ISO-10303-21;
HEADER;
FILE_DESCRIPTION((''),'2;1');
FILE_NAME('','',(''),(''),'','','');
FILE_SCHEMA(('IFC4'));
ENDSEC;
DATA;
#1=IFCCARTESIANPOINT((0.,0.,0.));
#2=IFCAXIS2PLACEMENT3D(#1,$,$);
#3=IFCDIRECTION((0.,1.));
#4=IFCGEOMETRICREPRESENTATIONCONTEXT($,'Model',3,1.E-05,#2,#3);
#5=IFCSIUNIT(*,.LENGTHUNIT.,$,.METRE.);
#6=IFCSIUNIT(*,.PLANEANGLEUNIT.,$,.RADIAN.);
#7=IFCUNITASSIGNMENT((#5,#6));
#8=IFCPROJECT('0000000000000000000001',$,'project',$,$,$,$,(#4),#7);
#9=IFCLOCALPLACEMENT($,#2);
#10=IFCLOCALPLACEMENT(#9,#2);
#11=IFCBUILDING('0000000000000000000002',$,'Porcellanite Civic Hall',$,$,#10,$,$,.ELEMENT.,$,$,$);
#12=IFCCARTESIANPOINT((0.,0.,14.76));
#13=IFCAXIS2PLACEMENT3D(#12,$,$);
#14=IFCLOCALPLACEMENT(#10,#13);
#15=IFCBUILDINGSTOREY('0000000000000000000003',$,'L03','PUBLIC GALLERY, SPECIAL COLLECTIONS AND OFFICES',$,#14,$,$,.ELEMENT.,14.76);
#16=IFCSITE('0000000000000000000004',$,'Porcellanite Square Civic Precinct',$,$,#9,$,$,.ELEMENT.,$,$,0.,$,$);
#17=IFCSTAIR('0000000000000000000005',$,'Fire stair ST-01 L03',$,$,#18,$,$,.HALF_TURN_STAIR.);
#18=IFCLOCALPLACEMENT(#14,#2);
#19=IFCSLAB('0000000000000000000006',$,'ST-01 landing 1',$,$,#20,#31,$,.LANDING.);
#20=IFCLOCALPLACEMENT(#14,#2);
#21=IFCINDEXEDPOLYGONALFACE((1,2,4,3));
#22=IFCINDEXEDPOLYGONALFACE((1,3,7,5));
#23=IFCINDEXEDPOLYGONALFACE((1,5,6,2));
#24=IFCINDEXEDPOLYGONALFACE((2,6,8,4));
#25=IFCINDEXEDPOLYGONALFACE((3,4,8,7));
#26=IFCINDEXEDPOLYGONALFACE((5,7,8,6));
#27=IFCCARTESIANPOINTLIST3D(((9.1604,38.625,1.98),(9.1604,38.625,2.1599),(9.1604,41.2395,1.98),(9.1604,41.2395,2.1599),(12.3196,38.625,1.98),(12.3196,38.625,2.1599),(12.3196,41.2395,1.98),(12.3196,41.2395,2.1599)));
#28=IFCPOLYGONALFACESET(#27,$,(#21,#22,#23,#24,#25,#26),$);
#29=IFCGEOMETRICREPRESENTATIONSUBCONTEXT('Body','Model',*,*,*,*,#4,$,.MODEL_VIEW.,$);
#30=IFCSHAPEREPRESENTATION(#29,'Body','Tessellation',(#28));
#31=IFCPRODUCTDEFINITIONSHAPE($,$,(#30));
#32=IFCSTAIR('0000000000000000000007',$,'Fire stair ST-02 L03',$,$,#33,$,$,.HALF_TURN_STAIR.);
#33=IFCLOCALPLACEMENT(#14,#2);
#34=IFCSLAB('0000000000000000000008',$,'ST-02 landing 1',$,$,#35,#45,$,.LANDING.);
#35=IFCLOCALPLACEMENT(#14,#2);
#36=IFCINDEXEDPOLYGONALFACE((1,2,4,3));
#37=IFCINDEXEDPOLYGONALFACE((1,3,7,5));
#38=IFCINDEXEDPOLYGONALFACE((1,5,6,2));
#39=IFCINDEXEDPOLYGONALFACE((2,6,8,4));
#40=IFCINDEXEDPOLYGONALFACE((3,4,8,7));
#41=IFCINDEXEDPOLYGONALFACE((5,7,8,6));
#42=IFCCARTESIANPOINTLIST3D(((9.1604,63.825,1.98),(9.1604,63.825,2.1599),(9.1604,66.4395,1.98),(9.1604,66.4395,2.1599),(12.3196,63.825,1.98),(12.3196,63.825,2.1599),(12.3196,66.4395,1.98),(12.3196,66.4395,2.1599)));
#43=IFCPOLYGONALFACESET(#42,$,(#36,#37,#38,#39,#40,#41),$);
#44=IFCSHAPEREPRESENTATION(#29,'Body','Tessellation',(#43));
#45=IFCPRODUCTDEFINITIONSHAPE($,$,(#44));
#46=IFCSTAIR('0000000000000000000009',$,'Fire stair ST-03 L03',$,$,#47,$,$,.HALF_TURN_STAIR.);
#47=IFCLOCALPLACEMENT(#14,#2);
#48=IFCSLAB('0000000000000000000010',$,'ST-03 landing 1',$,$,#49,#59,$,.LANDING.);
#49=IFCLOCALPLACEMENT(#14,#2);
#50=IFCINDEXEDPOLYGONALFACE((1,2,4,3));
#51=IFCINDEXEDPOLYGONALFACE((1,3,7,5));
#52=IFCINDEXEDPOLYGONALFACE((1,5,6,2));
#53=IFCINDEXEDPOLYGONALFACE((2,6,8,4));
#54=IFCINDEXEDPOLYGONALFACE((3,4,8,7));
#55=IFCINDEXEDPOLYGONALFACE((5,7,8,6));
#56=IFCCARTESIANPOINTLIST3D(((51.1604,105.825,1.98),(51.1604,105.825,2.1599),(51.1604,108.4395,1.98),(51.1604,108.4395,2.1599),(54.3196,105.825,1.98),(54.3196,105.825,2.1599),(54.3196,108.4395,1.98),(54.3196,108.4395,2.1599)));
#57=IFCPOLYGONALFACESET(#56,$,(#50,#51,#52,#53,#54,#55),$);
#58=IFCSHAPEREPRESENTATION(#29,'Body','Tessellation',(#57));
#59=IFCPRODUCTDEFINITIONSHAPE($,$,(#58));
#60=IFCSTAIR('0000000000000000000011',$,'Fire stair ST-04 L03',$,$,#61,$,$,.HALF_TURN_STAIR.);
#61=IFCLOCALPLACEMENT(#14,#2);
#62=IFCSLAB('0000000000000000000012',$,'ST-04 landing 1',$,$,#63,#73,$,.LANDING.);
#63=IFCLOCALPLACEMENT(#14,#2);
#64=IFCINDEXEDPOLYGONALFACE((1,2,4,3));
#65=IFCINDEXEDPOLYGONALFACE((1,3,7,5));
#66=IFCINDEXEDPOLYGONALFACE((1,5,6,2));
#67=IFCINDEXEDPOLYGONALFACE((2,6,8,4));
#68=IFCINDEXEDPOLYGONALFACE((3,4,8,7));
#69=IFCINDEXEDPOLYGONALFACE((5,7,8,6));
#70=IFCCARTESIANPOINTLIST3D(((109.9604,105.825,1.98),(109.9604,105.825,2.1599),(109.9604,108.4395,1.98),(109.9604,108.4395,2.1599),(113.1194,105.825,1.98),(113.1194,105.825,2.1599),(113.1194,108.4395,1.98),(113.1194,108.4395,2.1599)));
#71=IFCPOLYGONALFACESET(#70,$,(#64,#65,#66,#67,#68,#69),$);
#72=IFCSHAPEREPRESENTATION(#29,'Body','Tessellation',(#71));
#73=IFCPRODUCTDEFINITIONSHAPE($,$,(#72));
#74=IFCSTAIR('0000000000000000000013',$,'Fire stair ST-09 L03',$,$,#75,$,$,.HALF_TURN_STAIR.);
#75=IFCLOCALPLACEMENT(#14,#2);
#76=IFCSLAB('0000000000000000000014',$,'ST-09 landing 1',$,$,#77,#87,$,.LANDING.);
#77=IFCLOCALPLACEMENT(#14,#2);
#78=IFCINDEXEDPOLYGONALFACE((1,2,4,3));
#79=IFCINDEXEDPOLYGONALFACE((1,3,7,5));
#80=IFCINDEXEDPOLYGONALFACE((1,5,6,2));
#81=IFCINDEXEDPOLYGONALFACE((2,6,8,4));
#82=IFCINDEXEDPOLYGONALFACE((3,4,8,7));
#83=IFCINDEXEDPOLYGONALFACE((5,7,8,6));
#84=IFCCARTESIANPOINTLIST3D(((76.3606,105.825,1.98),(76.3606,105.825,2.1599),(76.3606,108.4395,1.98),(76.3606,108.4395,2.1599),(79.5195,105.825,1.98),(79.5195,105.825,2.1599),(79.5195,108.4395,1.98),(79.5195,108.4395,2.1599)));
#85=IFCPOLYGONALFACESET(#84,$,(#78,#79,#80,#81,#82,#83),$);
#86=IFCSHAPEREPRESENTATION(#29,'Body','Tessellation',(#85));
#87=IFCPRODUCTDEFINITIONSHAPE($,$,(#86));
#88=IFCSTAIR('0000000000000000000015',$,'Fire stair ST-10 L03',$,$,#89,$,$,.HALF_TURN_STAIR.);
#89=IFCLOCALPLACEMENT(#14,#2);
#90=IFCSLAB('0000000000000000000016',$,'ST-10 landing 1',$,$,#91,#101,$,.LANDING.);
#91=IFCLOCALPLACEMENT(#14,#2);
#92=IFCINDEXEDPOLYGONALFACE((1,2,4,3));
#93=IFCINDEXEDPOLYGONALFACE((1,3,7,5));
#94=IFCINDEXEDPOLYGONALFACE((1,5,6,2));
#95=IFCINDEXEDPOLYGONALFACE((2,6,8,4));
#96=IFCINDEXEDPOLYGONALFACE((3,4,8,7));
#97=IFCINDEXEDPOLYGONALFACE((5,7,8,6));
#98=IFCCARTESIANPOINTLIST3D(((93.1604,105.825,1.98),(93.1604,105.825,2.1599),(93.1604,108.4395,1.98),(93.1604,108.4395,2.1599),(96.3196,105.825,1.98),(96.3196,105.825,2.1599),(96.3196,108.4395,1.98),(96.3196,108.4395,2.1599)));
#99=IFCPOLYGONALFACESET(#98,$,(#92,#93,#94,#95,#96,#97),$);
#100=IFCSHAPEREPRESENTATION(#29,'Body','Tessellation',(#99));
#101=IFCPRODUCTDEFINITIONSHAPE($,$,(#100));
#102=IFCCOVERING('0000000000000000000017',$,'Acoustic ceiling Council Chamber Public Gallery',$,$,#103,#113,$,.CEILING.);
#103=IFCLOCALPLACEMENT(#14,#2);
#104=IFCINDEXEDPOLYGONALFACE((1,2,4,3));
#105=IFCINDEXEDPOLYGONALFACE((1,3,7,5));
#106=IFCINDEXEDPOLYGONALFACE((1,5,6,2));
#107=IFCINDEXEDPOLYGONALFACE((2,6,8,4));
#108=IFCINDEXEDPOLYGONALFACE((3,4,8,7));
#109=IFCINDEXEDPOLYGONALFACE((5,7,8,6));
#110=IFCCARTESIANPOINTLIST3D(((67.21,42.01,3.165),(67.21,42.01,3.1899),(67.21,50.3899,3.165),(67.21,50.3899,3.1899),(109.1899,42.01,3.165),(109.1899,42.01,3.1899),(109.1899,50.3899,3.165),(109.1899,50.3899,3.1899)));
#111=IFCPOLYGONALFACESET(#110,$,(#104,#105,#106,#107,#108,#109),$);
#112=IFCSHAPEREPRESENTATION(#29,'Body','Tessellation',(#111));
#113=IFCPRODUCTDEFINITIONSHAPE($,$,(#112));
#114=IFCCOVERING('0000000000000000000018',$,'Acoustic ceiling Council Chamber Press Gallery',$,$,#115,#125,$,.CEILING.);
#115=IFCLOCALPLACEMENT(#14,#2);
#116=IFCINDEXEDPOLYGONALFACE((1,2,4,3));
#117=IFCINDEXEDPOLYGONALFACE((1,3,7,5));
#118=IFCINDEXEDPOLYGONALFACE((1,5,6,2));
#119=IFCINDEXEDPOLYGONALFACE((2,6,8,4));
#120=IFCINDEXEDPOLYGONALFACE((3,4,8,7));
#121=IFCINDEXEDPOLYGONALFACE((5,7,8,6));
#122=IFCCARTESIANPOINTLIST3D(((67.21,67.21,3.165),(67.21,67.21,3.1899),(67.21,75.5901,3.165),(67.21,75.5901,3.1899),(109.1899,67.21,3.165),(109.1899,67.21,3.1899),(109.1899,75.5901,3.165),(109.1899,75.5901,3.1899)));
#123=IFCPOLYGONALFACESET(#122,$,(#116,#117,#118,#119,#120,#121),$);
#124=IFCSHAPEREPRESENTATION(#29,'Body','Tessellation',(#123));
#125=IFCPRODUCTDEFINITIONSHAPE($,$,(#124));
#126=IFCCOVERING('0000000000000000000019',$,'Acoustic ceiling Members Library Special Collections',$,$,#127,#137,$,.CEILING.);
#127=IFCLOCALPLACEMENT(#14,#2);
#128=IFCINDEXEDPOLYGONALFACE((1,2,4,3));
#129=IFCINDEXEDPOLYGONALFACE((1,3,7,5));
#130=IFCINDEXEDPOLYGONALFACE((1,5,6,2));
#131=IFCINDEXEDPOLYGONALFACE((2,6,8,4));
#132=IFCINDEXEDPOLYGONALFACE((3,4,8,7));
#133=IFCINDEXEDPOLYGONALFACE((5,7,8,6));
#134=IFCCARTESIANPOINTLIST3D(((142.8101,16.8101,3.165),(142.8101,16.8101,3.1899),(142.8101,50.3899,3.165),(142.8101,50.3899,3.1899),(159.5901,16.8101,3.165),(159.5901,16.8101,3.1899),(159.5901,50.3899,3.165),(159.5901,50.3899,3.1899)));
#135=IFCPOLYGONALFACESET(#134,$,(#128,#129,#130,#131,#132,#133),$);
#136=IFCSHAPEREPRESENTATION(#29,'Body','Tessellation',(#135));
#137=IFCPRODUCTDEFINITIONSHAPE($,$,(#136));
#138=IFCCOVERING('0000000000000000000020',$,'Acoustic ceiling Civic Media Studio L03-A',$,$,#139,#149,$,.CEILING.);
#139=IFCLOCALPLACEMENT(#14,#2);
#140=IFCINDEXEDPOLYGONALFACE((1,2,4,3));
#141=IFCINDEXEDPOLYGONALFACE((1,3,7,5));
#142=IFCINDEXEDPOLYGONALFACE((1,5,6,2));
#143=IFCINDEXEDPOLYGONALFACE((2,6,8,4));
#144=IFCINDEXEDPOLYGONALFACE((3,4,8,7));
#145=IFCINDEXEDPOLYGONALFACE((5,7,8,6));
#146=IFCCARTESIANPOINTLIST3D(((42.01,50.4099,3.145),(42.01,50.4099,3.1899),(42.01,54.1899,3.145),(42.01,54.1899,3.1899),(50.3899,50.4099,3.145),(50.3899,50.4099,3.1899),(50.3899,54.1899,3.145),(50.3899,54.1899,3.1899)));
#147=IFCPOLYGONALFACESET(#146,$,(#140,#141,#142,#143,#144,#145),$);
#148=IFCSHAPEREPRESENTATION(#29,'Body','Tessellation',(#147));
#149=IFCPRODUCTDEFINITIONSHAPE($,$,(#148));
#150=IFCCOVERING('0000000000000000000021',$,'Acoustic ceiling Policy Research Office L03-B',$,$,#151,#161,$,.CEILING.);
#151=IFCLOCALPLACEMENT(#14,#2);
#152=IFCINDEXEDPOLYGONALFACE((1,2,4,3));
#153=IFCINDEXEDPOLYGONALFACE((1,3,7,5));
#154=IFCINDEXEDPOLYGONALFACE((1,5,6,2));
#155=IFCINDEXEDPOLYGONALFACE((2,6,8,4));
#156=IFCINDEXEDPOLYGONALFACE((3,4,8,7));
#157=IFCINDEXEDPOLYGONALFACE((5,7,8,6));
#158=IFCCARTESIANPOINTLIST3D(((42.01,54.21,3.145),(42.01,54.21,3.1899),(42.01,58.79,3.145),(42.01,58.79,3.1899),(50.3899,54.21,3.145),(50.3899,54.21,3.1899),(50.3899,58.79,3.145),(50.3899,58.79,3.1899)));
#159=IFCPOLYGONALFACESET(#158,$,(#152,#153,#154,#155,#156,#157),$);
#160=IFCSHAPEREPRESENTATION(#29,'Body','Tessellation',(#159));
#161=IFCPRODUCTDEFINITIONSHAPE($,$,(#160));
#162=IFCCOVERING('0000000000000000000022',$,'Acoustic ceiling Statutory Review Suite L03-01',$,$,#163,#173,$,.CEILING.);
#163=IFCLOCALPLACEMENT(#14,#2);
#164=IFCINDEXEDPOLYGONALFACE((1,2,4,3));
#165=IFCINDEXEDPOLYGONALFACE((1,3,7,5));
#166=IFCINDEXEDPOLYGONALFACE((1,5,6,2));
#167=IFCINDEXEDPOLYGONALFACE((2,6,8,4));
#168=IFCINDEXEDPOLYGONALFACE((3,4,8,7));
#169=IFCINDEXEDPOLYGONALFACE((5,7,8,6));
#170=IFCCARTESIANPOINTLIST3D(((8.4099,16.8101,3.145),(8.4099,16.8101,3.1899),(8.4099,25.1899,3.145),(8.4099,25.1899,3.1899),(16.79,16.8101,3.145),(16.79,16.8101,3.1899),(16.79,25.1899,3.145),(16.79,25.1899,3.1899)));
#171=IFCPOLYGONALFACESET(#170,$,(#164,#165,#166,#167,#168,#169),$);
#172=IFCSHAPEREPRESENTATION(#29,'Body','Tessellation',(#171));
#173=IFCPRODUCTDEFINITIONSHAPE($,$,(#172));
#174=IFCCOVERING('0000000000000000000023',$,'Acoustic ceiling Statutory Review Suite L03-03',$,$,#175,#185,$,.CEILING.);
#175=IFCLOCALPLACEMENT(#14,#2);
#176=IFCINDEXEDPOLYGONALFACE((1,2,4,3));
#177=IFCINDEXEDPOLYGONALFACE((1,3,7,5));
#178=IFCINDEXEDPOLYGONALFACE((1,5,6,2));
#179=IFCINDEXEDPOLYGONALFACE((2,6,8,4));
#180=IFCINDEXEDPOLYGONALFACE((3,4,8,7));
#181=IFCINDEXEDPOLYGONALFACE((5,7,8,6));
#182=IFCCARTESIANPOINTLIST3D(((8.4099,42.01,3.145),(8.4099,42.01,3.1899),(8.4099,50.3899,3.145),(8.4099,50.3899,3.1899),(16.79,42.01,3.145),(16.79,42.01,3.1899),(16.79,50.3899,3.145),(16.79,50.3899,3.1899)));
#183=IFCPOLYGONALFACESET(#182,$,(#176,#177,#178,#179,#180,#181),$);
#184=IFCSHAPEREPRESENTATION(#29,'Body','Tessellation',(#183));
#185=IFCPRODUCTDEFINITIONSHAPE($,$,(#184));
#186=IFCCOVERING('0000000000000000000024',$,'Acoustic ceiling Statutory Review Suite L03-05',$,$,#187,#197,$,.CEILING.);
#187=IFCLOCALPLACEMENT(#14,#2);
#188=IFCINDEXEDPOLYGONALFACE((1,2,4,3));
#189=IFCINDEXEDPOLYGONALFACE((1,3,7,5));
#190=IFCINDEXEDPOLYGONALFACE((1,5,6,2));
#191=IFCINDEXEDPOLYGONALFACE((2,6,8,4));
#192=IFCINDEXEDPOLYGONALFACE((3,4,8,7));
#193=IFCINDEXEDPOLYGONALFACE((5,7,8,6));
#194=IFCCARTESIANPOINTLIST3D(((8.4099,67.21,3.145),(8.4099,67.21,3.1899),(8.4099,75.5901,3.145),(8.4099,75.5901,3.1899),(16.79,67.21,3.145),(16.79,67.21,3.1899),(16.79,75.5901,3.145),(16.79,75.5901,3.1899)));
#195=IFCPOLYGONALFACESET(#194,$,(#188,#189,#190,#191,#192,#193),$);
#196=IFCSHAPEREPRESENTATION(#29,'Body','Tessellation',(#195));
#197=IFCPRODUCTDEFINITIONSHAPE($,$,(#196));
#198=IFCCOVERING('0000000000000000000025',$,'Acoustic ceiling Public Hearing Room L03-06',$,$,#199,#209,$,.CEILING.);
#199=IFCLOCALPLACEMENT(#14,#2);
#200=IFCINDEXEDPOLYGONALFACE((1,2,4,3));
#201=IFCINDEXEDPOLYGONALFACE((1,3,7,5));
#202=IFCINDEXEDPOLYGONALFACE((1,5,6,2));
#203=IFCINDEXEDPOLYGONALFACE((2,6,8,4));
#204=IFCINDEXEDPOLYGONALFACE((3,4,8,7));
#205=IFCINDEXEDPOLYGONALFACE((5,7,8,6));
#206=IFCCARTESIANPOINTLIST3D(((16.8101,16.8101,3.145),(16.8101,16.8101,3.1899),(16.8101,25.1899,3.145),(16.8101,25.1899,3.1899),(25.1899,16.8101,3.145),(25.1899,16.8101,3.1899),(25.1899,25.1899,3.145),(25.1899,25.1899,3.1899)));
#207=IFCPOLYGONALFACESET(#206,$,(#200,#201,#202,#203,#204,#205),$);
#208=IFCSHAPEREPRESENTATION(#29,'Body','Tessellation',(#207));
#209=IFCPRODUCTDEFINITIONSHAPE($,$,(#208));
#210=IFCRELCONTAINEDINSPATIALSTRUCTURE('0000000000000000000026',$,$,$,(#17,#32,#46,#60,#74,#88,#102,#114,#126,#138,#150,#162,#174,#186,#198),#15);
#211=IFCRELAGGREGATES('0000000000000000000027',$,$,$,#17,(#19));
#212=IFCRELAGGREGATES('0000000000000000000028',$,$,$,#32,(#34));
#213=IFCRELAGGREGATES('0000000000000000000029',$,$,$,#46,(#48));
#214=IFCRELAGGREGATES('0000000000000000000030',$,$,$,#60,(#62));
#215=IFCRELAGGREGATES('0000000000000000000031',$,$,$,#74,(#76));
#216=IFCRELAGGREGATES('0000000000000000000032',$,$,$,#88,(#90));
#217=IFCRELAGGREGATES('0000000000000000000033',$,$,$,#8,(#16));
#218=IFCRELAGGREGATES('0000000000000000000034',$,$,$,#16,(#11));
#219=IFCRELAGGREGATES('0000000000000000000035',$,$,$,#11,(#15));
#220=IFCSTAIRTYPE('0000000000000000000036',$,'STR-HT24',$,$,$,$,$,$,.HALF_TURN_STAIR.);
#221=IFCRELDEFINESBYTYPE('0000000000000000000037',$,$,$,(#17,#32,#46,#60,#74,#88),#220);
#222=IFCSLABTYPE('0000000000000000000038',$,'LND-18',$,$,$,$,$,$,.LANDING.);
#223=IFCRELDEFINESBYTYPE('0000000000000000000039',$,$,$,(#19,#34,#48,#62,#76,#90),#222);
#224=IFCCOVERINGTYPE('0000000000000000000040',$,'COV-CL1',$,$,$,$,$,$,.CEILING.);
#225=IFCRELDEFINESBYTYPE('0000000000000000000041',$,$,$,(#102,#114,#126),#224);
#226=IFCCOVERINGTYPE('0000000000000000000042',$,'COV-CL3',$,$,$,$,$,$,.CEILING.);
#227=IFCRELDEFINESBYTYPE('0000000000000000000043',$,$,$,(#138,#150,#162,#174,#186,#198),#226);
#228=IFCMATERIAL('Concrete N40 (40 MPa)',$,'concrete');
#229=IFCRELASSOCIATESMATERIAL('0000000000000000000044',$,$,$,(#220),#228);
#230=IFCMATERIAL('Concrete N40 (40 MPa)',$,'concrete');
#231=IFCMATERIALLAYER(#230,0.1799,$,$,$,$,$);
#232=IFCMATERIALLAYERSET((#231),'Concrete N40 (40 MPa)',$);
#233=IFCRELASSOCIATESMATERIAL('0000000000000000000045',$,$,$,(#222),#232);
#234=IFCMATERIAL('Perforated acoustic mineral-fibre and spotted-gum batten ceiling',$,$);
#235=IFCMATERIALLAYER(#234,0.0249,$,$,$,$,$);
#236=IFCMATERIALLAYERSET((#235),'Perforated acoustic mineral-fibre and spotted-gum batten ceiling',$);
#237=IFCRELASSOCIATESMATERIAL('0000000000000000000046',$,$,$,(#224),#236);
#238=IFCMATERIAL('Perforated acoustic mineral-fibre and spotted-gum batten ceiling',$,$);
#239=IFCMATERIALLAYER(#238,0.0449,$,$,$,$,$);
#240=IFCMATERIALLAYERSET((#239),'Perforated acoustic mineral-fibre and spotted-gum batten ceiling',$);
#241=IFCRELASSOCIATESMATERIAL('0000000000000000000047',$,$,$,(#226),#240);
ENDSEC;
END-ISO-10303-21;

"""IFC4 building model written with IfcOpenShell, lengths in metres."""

from ifc_helpers import new_model, si_unit, direction, frame, origin, place, context, subcontext, project, spatial, polyline, outline, extrude, material, layer, layer_set, type_object, element, aggregate, save


model = new_model("IFC4")

# Units and contexts
model_context = context("Model", 3, precision=1e-05, world=origin(), true_north=direction((0.0, 1.0)))
body_context = subcontext(model_context, "Body", "Model", "MODEL_VIEW")
ifc_project = project(units=[si_unit("LENGTHUNIT", "METRE"), si_unit("PLANEANGLEUNIT", "RADIAN")], contexts=[model_context])

# Site, building, storey
site_placement = place(None, origin())
site = spatial("IfcSite", under=ifc_project, at=site_placement, Name="Porcellanite Square Civic Precinct", CompositionType="ELEMENT", RefElevation=0.0)
building_placement = place(site_placement, origin())
building = spatial("IfcBuilding", under=site, at=building_placement, Name="Porcellanite Civic Hall", CompositionType="ELEMENT")
storey_placement = place(building_placement, frame((0.0, 0.0, 14.76)))
storey = spatial("IfcBuildingStorey", under=building, at=storey_placement, Name="L03", Description="PUBLIC GALLERY, SPECIAL COLLECTIONS AND OFFICES", CompositionType="ELEMENT", Elevation=14.76)

# Stairs, slabs
ifc_material_1 = material(Name="Concrete N40 (40 MPa)", Category="concrete")
stair_type = type_object("IfcStairType", Name="STR-HT24", PredefinedType="HALF_TURN_STAIR", material=ifc_material_1)
stair_1_placement = place(storey_placement, origin())
stair_1 = element("IfcStair", 1, at=stair_1_placement, inside=storey, type_object=stair_type, Name="Fire stair ST-01 L03", PredefinedType="HALF_TURN_STAIR")
ifc_material_2 = material(Name="Concrete N40 (40 MPa)", Category="concrete")
ifc_layer_1 = layer(ifc_material_2, 0.1799)
ifc_layer_set_1 = layer_set([ifc_layer_1], Name="Concrete N40 (40 MPa)")
slab_type = type_object("IfcSlabType", Name="LND-18", PredefinedType="LANDING", material=ifc_layer_set_1)
slab_1_placement = place(storey_placement, frame((0.0, 0.0, 1.98)))
slab_1 = element("IfcSlab", 2, at=slab_1_placement, type_object=slab_type, Name="ST-01 landing 1", PredefinedType="LANDING", context=body_context, shape_type="SweptSolid", body=[
    extrude(outline(polyline([(9.1604, 38.625), (12.3196, 38.625), (12.3196, 41.2395), (9.1604, 41.2395), (9.1604, 38.625)])), origin(), (0.0, 0.0, 1.0), 0.1799),
])
aggregate(stair_1, [slab_1])
stair_2_placement = place(storey_placement, origin())
stair_2 = element("IfcStair", 3, at=stair_2_placement, inside=storey, type_object=stair_type, Name="Fire stair ST-02 L03", PredefinedType="HALF_TURN_STAIR")
slab_2_placement = place(storey_placement, frame((0.0, 0.0, 1.98)))
slab_2 = element("IfcSlab", 4, at=slab_2_placement, type_object=slab_type, Name="ST-02 landing 1", PredefinedType="LANDING", context=body_context, shape_type="SweptSolid", body=[
    extrude(outline(polyline([(9.1604, 63.825), (12.3196, 63.825), (12.3196, 66.4395), (9.1604, 66.4395), (9.1604, 63.825)])), origin(), (0.0, 0.0, 1.0), 0.1799),
])
aggregate(stair_2, [slab_2])
stair_3_placement = place(storey_placement, origin())
stair_3 = element("IfcStair", 5, at=stair_3_placement, inside=storey, type_object=stair_type, Name="Fire stair ST-03 L03", PredefinedType="HALF_TURN_STAIR")
slab_3_placement = place(storey_placement, frame((0.0, 0.0, 1.98)))
slab_3 = element("IfcSlab", 6, at=slab_3_placement, type_object=slab_type, Name="ST-03 landing 1", PredefinedType="LANDING", context=body_context, shape_type="SweptSolid", body=[
    extrude(outline(polyline([(51.1604, 105.825), (54.3196, 105.825), (54.3196, 108.4395), (51.1604, 108.4395), (51.1604, 105.825)])), origin(), (0.0, 0.0, 1.0), 0.1799),
])
aggregate(stair_3, [slab_3])
stair_4_placement = place(storey_placement, origin())
stair_4 = element("IfcStair", 7, at=stair_4_placement, inside=storey, type_object=stair_type, Name="Fire stair ST-04 L03", PredefinedType="HALF_TURN_STAIR")
slab_4_placement = place(storey_placement, frame((0.0, 0.0, 1.98)))
slab_4 = element("IfcSlab", 8, at=slab_4_placement, type_object=slab_type, Name="ST-04 landing 1", PredefinedType="LANDING", context=body_context, shape_type="SweptSolid", body=[
    extrude(outline(polyline([(109.9604, 105.825), (113.1194, 105.825), (113.1194, 108.4395), (109.9604, 108.4395), (109.9604, 105.825)])), origin(), (0.0, 0.0, 1.0), 0.1799),
])
aggregate(stair_4, [slab_4])
stair_5_placement = place(storey_placement, origin())
stair_5 = element("IfcStair", 9, at=stair_5_placement, inside=storey, type_object=stair_type, Name="Fire stair ST-09 L03", PredefinedType="HALF_TURN_STAIR")
slab_5_placement = place(storey_placement, frame((0.0, 0.0, 1.98)))
slab_5 = element("IfcSlab", 10, at=slab_5_placement, type_object=slab_type, Name="ST-09 landing 1", PredefinedType="LANDING", context=body_context, shape_type="SweptSolid", body=[
    extrude(outline(polyline([(76.3606, 105.825), (79.5195, 105.825), (79.5195, 108.4395), (76.3606, 108.4395), (76.3606, 105.825)])), origin(), (0.0, 0.0, 1.0), 0.1799),
])
aggregate(stair_5, [slab_5])
stair_6_placement = place(storey_placement, origin())
stair_6 = element("IfcStair", 11, at=stair_6_placement, inside=storey, type_object=stair_type, Name="Fire stair ST-10 L03", PredefinedType="HALF_TURN_STAIR")
slab_6_placement = place(storey_placement, frame((0.0, 0.0, 1.98)))
slab_6 = element("IfcSlab", 12, at=slab_6_placement, type_object=slab_type, Name="ST-10 landing 1", PredefinedType="LANDING", context=body_context, shape_type="SweptSolid", body=[
    extrude(outline(polyline([(93.1604, 105.825), (96.3196, 105.825), (96.3196, 108.4395), (93.1604, 108.4395), (93.1604, 105.825)])), origin(), (0.0, 0.0, 1.0), 0.1799),
])
aggregate(stair_6, [slab_6])

# Coverings
ifc_material_3 = material(Name="Perforated acoustic mineral-fibre and spotted-gum batten ceiling")
ifc_layer_2 = layer(ifc_material_3, 0.0249)
ifc_layer_set_2 = layer_set([ifc_layer_2], Name="Perforated acoustic mineral-fibre and spotted-gum batten ceiling")
covering_type_1 = type_object("IfcCoveringType", Name="COV-CL1", PredefinedType="CEILING", material=ifc_layer_set_2)
covering_1_placement = place(storey_placement, frame((0.0, 0.0, 3.165)))
element("IfcCovering", 13, at=covering_1_placement, inside=storey, type_object=covering_type_1, Name="Acoustic ceiling Council Chamber Public Gallery", PredefinedType="CEILING", context=body_context, shape_type="SweptSolid", body=[
    extrude(outline(polyline([(67.21, 42.01), (109.1899, 42.01), (109.1899, 50.3899), (67.21, 50.3899), (67.21, 42.01)])), origin(), (0.0, 0.0, 1.0), 0.0249),
])
covering_2_placement = place(storey_placement, frame((0.0, 0.0, 3.165)))
element("IfcCovering", 14, at=covering_2_placement, inside=storey, type_object=covering_type_1, Name="Acoustic ceiling Council Chamber Press Gallery", PredefinedType="CEILING", context=body_context, shape_type="SweptSolid", body=[
    extrude(outline(polyline([(67.21, 67.21), (109.1899, 67.21), (109.1899, 75.5901), (67.21, 75.5901), (67.21, 67.21)])), origin(), (0.0, 0.0, 1.0), 0.0249),
])
covering_3_placement = place(storey_placement, frame((0.0, 0.0, 3.165)))
element("IfcCovering", 15, at=covering_3_placement, inside=storey, type_object=covering_type_1, Name="Acoustic ceiling Members Library Special Collections", PredefinedType="CEILING", context=body_context, shape_type="SweptSolid", body=[
    extrude(outline(polyline([(142.8101, 16.8101), (159.5901, 16.8101), (159.5901, 50.3899), (142.8101, 50.3899), (142.8101, 16.8101)])), origin(), (0.0, 0.0, 1.0), 0.0249),
])
ifc_material_4 = material(Name="Perforated acoustic mineral-fibre and spotted-gum batten ceiling")
ifc_layer_3 = layer(ifc_material_4, 0.0449)
ifc_layer_set_3 = layer_set([ifc_layer_3], Name="Perforated acoustic mineral-fibre and spotted-gum batten ceiling")
covering_type_2 = type_object("IfcCoveringType", Name="COV-CL3", PredefinedType="CEILING", material=ifc_layer_set_3)
covering_4_placement = place(storey_placement, frame((0.0, 0.0, 3.145)))
element("IfcCovering", 16, at=covering_4_placement, inside=storey, type_object=covering_type_2, Name="Acoustic ceiling Civic Media Studio L03-A", PredefinedType="CEILING", context=body_context, shape_type="SweptSolid", body=[
    extrude(outline(polyline([(42.01, 50.4099), (50.3899, 50.4099), (50.3899, 54.1899), (42.01, 54.1899), (42.01, 50.4099)])), origin(), (0.0, 0.0, 1.0), 0.0449),
])
covering_5_placement = place(storey_placement, frame((0.0, 0.0, 3.145)))
element("IfcCovering", 17, at=covering_5_placement, inside=storey, type_object=covering_type_2, Name="Acoustic ceiling Policy Research Office L03-B", PredefinedType="CEILING", context=body_context, shape_type="SweptSolid", body=[
    extrude(outline(polyline([(42.01, 54.21), (50.3899, 54.21), (50.3899, 58.79), (42.01, 58.79), (42.01, 54.21)])), origin(), (0.0, 0.0, 1.0), 0.0449),
])
covering_6_placement = place(storey_placement, frame((0.0, 0.0, 3.145)))
element("IfcCovering", 18, at=covering_6_placement, inside=storey, type_object=covering_type_2, Name="Acoustic ceiling Statutory Review Suite L03-01", PredefinedType="CEILING", context=body_context, shape_type="SweptSolid", body=[
    extrude(outline(polyline([(8.4099, 16.8101), (16.79, 16.8101), (16.79, 25.1899), (8.4099, 25.1899), (8.4099, 16.8101)])), origin(), (0.0, 0.0, 1.0), 0.0449),
])
covering_7_placement = place(storey_placement, frame((0.0, 0.0, 3.145)))
element("IfcCovering", 19, at=covering_7_placement, inside=storey, type_object=covering_type_2, Name="Acoustic ceiling Statutory Review Suite L03-03", PredefinedType="CEILING", context=body_context, shape_type="SweptSolid", body=[
    extrude(outline(polyline([(8.4099, 42.01), (16.79, 42.01), (16.79, 50.3899), (8.4099, 50.3899), (8.4099, 42.01)])), origin(), (0.0, 0.0, 1.0), 0.0449),
])
covering_8_placement = place(storey_placement, frame((0.0, 0.0, 3.145)))
element("IfcCovering", 20, at=covering_8_placement, inside=storey, type_object=covering_type_2, Name="Acoustic ceiling Statutory Review Suite L03-05", PredefinedType="CEILING", context=body_context, shape_type="SweptSolid", body=[
    extrude(outline(polyline([(8.4099, 67.21), (16.79, 67.21), (16.79, 75.5901), (8.4099, 75.5901), (8.4099, 67.21)])), origin(), (0.0, 0.0, 1.0), 0.0449),
])
covering_9_placement = place(storey_placement, frame((0.0, 0.0, 3.145)))
element("IfcCovering", 21, at=covering_9_placement, inside=storey, type_object=covering_type_2, Name="Acoustic ceiling Public Hearing Room L03-06", PredefinedType="CEILING", context=body_context, shape_type="SweptSolid", body=[
    extrude(outline(polyline([(16.8101, 16.8101), (25.1899, 16.8101), (25.1899, 25.1899), (16.8101, 25.1899), (16.8101, 16.8101)])), origin(), (0.0, 0.0, 1.0), 0.0449),
])

save(model, "model.ifc")
